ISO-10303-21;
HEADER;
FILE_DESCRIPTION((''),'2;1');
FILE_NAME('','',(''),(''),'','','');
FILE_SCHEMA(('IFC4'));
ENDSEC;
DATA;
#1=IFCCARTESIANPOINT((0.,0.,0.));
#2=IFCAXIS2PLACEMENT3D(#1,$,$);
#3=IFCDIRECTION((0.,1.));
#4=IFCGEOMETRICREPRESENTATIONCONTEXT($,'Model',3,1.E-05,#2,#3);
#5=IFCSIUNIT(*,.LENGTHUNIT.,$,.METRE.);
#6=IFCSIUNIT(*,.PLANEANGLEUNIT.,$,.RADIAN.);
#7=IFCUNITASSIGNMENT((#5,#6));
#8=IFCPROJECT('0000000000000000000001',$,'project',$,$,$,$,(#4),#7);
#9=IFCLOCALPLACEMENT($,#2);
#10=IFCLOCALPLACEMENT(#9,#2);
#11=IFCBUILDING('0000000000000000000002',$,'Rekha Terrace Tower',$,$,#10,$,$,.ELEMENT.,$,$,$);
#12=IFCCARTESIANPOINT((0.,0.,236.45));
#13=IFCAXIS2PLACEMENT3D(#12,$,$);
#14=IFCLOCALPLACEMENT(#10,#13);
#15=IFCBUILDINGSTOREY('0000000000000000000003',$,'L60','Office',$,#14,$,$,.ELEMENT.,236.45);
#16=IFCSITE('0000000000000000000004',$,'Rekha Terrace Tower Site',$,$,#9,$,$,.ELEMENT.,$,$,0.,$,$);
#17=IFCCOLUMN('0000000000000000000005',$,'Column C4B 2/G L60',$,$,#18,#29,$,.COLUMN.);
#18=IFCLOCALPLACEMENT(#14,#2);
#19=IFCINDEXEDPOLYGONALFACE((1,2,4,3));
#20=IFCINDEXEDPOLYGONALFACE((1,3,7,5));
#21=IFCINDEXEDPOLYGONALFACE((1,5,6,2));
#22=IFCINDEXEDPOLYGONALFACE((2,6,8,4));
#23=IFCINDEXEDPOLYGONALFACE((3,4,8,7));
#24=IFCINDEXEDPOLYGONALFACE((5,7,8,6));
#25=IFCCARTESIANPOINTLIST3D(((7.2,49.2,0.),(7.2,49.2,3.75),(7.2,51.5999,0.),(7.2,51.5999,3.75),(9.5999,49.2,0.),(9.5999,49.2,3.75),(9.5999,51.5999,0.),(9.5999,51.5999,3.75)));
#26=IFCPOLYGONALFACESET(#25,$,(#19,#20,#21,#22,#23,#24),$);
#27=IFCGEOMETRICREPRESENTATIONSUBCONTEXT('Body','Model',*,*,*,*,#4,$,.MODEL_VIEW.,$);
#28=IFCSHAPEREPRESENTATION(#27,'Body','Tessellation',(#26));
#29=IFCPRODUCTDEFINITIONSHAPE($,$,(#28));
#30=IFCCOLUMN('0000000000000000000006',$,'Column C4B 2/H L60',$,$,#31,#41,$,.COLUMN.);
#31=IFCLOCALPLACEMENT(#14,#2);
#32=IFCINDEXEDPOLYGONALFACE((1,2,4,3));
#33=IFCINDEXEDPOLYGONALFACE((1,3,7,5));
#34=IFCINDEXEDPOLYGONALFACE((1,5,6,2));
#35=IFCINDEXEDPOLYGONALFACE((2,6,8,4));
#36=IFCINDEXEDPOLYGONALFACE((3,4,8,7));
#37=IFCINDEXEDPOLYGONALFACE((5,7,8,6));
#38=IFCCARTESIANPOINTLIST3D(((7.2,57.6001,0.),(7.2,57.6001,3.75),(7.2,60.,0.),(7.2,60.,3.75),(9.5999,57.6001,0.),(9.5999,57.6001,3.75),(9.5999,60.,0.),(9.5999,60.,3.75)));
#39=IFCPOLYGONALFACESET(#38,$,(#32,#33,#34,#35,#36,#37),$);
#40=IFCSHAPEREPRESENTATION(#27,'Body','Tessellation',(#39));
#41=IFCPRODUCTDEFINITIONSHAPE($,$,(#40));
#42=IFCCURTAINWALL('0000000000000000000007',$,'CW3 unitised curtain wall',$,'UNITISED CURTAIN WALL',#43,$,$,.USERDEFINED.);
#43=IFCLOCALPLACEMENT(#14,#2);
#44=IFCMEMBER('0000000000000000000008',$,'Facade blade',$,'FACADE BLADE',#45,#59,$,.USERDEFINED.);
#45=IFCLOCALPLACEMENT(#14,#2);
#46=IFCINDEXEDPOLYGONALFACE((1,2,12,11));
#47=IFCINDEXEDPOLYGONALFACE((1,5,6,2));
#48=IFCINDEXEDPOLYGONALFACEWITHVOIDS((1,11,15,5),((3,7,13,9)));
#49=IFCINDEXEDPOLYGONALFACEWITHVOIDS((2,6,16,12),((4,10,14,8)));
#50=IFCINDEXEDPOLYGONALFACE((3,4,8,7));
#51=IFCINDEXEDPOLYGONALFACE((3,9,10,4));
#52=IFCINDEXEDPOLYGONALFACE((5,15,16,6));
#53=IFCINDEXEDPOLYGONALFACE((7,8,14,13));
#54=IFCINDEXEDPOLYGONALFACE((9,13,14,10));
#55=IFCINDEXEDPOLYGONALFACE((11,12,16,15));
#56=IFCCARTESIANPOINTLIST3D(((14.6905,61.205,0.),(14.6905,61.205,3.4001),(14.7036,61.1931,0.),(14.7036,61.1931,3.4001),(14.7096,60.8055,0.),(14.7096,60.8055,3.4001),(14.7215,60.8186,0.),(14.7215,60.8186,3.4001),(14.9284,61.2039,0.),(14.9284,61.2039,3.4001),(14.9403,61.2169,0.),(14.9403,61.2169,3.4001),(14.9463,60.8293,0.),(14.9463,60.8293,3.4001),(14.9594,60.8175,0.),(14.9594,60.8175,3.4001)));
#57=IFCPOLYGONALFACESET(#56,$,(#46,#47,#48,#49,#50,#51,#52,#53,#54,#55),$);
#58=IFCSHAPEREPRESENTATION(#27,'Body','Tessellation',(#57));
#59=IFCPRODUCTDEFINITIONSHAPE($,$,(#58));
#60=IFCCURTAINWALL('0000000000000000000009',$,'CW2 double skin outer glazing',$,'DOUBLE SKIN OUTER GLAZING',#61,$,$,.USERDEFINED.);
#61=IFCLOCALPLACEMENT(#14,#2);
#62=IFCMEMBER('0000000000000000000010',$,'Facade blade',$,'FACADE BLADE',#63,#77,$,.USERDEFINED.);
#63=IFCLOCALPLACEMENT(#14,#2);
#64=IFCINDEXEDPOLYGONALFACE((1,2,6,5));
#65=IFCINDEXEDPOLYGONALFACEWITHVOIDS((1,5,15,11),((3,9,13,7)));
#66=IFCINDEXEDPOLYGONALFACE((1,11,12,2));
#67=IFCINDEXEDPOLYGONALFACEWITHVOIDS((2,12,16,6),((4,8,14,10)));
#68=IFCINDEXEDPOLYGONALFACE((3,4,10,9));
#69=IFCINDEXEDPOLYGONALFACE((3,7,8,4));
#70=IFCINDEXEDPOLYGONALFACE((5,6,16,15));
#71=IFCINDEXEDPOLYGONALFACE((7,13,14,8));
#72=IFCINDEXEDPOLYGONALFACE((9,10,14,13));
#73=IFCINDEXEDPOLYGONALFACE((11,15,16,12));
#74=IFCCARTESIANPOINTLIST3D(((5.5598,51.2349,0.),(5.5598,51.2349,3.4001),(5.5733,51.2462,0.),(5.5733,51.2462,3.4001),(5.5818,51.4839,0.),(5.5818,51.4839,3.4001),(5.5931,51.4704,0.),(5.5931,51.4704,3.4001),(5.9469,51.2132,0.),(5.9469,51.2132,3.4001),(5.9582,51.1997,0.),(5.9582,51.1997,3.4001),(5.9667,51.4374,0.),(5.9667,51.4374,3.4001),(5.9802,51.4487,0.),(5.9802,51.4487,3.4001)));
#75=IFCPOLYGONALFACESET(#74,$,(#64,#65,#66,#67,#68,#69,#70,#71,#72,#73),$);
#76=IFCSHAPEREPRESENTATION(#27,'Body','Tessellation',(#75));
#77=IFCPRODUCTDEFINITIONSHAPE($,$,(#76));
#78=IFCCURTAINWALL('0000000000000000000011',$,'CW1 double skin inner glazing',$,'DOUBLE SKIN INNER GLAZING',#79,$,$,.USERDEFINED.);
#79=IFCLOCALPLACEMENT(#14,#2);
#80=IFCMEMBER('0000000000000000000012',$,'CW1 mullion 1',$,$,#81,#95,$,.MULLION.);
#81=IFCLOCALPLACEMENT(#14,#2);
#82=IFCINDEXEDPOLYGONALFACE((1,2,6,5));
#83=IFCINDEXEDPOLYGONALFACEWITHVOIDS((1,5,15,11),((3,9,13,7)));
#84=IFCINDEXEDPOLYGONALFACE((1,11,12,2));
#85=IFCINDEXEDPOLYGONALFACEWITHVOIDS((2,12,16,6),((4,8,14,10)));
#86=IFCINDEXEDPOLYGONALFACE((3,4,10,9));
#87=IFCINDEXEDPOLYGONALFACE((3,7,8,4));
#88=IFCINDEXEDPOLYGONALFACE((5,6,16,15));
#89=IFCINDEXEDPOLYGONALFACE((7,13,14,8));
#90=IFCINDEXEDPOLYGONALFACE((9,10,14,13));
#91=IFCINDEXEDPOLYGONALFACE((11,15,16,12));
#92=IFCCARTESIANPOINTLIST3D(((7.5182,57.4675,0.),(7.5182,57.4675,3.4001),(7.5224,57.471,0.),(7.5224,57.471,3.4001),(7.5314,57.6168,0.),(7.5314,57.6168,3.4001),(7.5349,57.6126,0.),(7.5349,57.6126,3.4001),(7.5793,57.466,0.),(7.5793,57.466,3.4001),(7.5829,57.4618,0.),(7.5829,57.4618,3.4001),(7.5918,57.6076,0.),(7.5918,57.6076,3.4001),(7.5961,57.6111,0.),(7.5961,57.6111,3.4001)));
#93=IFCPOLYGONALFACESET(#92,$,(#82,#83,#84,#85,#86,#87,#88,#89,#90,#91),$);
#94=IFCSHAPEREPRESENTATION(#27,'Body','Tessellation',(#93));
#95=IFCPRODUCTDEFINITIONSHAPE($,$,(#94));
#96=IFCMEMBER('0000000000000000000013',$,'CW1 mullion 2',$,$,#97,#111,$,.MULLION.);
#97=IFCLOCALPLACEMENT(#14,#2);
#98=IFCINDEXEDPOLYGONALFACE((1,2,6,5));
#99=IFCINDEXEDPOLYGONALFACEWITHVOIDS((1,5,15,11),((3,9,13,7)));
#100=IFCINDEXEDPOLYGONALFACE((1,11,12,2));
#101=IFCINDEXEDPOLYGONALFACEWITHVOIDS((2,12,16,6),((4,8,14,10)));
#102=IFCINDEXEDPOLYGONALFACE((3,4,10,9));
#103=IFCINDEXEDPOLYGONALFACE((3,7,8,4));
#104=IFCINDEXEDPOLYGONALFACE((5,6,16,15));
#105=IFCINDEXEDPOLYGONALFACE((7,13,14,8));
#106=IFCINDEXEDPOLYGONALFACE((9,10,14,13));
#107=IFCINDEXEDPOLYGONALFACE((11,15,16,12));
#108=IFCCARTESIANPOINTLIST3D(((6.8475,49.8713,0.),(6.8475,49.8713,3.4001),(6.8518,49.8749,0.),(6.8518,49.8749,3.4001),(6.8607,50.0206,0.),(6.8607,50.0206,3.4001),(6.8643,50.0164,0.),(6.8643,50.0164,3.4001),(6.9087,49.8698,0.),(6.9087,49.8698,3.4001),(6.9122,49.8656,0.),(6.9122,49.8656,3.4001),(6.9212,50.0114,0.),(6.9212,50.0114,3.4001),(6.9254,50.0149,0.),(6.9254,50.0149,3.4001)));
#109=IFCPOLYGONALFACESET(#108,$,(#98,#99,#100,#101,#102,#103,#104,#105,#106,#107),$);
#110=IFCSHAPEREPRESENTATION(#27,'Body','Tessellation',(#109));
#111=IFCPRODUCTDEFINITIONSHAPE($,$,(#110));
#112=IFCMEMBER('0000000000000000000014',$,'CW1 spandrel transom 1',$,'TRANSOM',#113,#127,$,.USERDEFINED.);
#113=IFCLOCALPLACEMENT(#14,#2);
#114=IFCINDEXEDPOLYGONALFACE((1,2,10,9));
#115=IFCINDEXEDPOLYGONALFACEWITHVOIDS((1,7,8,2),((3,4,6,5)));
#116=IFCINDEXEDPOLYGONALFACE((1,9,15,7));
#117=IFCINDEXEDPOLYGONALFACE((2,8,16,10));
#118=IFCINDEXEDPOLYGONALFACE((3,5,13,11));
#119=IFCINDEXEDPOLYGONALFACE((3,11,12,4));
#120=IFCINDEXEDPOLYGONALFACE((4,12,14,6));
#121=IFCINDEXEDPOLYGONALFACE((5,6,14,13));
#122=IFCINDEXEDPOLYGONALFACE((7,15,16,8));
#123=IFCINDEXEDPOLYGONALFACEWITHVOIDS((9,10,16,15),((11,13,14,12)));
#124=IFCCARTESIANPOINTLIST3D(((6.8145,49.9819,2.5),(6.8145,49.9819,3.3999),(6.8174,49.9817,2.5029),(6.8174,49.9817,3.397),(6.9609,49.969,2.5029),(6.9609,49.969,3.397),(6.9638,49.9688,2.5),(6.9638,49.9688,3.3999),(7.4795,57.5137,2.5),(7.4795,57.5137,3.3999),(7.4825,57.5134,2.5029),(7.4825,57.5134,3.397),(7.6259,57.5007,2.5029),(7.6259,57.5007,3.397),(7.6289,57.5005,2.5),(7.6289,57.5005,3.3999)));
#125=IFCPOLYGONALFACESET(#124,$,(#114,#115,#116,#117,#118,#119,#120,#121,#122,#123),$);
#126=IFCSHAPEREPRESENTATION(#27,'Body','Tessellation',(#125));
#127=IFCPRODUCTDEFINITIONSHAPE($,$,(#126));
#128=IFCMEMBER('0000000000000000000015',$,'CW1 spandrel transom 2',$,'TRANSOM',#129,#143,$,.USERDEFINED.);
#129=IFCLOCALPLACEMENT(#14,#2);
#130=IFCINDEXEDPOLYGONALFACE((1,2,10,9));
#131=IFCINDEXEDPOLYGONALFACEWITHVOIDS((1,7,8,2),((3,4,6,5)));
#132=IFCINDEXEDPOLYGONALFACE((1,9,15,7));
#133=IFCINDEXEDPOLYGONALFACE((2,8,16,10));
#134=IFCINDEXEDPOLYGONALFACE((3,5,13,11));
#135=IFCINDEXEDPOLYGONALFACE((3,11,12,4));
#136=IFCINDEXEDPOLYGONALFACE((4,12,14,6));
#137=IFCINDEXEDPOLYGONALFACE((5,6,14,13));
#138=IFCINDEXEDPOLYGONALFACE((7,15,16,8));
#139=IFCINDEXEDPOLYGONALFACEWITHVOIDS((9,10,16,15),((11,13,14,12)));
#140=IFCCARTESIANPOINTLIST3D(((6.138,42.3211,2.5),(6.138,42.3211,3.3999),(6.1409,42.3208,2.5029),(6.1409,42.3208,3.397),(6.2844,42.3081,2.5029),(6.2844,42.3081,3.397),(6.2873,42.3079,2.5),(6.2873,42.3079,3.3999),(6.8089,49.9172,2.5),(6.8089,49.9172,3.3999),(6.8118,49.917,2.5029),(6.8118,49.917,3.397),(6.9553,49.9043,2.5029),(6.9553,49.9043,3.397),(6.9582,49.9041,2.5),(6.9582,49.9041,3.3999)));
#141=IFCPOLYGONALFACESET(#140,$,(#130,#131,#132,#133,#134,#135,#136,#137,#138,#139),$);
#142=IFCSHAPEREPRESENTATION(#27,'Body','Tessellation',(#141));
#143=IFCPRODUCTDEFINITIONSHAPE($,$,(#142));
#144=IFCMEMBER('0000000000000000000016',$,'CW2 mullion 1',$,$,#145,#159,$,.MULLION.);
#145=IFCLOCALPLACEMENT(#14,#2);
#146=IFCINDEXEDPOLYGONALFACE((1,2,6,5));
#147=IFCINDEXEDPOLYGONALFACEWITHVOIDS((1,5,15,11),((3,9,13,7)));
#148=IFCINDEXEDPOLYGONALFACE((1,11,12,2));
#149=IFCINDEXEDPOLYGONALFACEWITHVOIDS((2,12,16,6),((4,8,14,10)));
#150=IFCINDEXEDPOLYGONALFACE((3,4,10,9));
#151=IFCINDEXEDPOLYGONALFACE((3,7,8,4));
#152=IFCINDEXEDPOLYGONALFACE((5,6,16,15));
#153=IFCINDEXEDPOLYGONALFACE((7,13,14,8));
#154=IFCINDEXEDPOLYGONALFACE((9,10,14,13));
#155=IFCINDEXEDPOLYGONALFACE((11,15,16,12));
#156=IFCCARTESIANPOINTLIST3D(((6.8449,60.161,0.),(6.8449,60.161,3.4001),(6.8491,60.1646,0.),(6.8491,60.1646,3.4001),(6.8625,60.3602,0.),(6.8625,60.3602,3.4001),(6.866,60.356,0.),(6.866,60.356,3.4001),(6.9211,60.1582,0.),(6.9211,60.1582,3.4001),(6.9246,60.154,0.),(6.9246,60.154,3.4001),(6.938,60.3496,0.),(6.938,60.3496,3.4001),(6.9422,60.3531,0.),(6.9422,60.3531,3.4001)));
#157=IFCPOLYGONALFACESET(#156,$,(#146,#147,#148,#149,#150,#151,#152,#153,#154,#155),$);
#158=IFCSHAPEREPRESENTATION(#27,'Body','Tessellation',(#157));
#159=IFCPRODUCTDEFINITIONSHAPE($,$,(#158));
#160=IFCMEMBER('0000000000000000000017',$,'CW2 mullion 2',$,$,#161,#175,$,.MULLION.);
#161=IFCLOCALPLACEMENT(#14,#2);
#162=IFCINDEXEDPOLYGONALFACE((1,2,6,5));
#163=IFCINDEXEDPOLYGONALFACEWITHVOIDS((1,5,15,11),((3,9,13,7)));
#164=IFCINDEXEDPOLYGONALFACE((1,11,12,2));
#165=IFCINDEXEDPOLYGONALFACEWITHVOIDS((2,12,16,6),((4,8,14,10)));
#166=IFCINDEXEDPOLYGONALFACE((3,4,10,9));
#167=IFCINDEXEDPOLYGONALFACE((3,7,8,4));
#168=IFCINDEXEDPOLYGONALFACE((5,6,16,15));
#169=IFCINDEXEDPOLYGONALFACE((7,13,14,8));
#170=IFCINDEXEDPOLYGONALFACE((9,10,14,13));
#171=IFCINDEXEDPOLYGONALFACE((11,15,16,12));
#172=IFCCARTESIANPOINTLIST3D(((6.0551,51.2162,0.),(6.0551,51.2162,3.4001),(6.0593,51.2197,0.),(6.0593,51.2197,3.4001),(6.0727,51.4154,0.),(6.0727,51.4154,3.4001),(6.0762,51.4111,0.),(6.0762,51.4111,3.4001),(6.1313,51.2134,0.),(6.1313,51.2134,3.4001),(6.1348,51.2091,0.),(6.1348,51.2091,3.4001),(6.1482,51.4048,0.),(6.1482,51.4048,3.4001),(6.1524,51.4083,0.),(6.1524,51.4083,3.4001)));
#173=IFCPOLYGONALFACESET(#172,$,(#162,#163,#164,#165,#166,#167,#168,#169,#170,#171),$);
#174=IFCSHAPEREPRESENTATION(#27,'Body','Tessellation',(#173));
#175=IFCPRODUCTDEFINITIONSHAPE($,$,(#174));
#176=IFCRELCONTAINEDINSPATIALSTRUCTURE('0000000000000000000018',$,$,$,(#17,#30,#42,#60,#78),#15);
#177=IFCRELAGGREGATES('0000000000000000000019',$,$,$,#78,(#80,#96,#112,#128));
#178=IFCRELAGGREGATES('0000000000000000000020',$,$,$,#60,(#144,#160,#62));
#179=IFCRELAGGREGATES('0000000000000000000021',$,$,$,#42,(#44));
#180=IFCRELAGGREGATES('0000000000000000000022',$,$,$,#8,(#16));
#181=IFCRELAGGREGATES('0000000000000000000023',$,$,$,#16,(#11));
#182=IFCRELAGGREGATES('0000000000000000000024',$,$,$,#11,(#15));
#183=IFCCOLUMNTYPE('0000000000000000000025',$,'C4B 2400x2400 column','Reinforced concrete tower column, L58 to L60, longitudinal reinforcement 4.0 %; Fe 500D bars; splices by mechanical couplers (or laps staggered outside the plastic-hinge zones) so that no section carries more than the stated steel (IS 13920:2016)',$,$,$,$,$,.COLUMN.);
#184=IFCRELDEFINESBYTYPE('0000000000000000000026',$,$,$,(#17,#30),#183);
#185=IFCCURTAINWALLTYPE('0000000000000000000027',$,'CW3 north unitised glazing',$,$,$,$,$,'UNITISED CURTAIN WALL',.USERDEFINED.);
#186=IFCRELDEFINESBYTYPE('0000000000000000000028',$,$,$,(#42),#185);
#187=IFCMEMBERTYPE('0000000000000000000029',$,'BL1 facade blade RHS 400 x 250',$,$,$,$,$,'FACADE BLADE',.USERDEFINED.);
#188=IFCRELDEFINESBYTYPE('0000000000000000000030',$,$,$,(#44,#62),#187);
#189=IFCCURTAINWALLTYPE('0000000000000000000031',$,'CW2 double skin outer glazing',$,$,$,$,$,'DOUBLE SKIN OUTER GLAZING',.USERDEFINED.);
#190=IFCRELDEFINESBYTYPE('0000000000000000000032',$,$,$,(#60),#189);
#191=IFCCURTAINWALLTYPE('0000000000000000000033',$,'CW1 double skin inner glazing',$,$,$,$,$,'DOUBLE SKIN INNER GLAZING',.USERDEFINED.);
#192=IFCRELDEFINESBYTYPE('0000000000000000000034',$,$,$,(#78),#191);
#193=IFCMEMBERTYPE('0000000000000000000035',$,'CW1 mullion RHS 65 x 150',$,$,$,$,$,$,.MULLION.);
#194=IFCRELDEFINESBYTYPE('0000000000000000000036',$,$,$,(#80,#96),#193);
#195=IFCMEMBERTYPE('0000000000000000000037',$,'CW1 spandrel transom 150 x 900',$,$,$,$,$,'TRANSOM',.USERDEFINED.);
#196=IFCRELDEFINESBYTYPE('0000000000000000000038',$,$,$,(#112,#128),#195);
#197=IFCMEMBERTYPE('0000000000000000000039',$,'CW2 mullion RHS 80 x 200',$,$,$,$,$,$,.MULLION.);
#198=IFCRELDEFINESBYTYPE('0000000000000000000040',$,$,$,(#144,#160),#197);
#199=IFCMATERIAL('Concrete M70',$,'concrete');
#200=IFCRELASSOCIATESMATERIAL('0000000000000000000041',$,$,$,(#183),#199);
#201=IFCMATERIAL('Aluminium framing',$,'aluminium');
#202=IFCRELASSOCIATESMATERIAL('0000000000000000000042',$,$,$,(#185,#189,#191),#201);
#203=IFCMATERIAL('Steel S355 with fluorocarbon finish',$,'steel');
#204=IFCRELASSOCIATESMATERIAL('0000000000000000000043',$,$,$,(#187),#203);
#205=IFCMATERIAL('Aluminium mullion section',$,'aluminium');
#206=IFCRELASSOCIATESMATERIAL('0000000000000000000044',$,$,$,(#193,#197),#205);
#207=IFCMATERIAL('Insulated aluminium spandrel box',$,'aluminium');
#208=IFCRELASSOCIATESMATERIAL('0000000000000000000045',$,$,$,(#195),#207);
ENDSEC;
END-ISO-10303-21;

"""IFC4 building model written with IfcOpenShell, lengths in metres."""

from ifc_helpers import new_model, si_unit, direction, frame, origin, origin_2d, place, context, subcontext, project, spatial, rectangle, hollow_rectangle, extrude, material, material_profile, profile_set, type_object, element, aggregate, save


model = new_model("IFC4")

# Units and contexts
model_context = context("Model", 3, precision=1e-05, world=origin(), true_north=direction((0.0, 1.0)))
body_context = subcontext(model_context, "Body", "Model", "MODEL_VIEW")
ifc_project = project(units=[si_unit("LENGTHUNIT", "METRE"), si_unit("PLANEANGLEUNIT", "RADIAN")], contexts=[model_context])

# Site, building, storey
site_placement = place(None, origin())
site = spatial("IfcSite", under=ifc_project, at=site_placement, Name="Rekha Terrace Tower Site", CompositionType="ELEMENT", RefElevation=0.0)
building_placement = place(site_placement, origin())
building = spatial("IfcBuilding", under=site, at=building_placement, Name="Rekha Terrace Tower", CompositionType="ELEMENT")
storey_placement = place(building_placement, frame((0.0, 0.0, 236.45)))
storey = spatial("IfcBuildingStorey", under=building, at=storey_placement, Name="L60", Description="Office", CompositionType="ELEMENT", Elevation=236.45)

# Columns
ifc_material_1 = material(Name="Concrete M70", Category="concrete")
ifc_material_profile_1 = material_profile(ifc_material_1, rectangle(XDim=2.3999, YDim=2.3999, at=origin_2d()), Name="RC 2400x2400")
ifc_profile_set_1 = profile_set([ifc_material_profile_1], Name="Concrete M70")
column_type = type_object("IfcColumnType", Name="C4B 2400x2400 column", Description="Reinforced concrete tower column, L58 to L60, longitudinal reinforcement 4.0 %; Fe 500D bars; splices by mechanical couplers (or laps staggered outside the plastic-hinge zones) so that no section carries more than the stated steel (IS 13920:2016)", PredefinedType="COLUMN", material=ifc_profile_set_1)
for number, where, z_axis, x_axis, name in (
    (1, (8.3999, 50.3999, 0.0), (0.0, 0.0, 1.0), (1.0, 0.0, 0.0), "Column C4B 2/G L60"),
    (2, (8.3999, 58.8, 0.0), (0.0, 0.0, 1.0), (1.0, 0.0, 0.0), "Column C4B 2/H L60"),
):
    element("IfcColumn", number, at=place(storey_placement, frame(where, z_axis=z_axis, x_axis=x_axis)), inside=storey, type_object=column_type, Name=name, PredefinedType="COLUMN", context=body_context, shape_type="SweptSolid", body=[
        extrude(rectangle(XDim=2.3999, YDim=2.3999, at=origin_2d()), origin(), (0.0, 0.0, 1.0), 3.75),
    ])

# Curtain walls, members
ifc_material_2 = material(Name="Aluminium framing", Category="aluminium")
curtain_wall_type_1 = type_object("IfcCurtainWallType", Name="CW3 north unitised glazing", ElementType="UNITISED CURTAIN WALL", PredefinedType="USERDEFINED", material=ifc_material_2)
curtain_wall_1_placement = place(storey_placement, origin())
curtain_wall_1 = element("IfcCurtainWall", 3, at=curtain_wall_1_placement, inside=storey, type_object=curtain_wall_type_1, Name="CW3 unitised curtain wall", ObjectType="UNITISED CURTAIN WALL", PredefinedType="USERDEFINED")
ifc_material_3 = material(Name="Steel S355 with fluorocarbon finish", Category="steel")
ifc_material_profile_2 = material_profile(ifc_material_3, hollow_rectangle(XDim=0.25, YDim=0.3999, WallThickness=0.0125, at=origin_2d()), Name="RHS400x250x12.5")
ifc_profile_set_2 = profile_set([ifc_material_profile_2], Name="Steel S355 with fluorocarbon finish")
member_type_1 = type_object("IfcMemberType", Name="BL1 facade blade RHS 400 x 250", ElementType="FACADE BLADE", PredefinedType="USERDEFINED", material=ifc_profile_set_2)
member_1_placement = place(storey_placement, frame((14.825, 61.0112, 0.0), z_axis=(0.0, 0.0, 1.0), x_axis=(-0.998859, -0.047758, 0.0)))
member_1 = element("IfcMember", 4, at=member_1_placement, type_object=member_type_1, Name="Facade blade", ObjectType="FACADE BLADE", PredefinedType="USERDEFINED", context=body_context, shape_type="SweptSolid", body=[
    extrude(hollow_rectangle(XDim=0.25, YDim=0.3999, WallThickness=0.0125, at=origin_2d()), origin(), (0.0, 0.0, 1.0), 3.4001),
])
curtain_wall_type_2 = type_object("IfcCurtainWallType", Name="CW2 double skin outer glazing", ElementType="DOUBLE SKIN OUTER GLAZING", PredefinedType="USERDEFINED", material=ifc_material_2)
curtain_wall_2_placement = place(storey_placement, origin())
curtain_wall_2 = element("IfcCurtainWall", 5, at=curtain_wall_2_placement, inside=storey, type_object=curtain_wall_type_2, Name="CW2 double skin outer glazing", ObjectType="DOUBLE SKIN OUTER GLAZING", PredefinedType="USERDEFINED")
member_2_placement = place(storey_placement, frame((5.77, 51.3418, 0.0), z_axis=(0.0, 0.0, 1.0), x_axis=(-0.087957, -0.996124, 0.0)))
member_2 = element("IfcMember", 6, at=member_2_placement, type_object=member_type_1, Name="Facade blade", ObjectType="FACADE BLADE", PredefinedType="USERDEFINED", context=body_context, shape_type="SweptSolid", body=[
    extrude(hollow_rectangle(XDim=0.25, YDim=0.3999, WallThickness=0.0125, at=origin_2d()), origin(), (0.0, 0.0, 1.0), 3.4001),
])

# Curtain wall, members
curtain_wall_type_3 = type_object("IfcCurtainWallType", Name="CW1 double skin inner glazing", ElementType="DOUBLE SKIN INNER GLAZING", PredefinedType="USERDEFINED", material=ifc_material_2)
curtain_wall_3_placement = place(storey_placement, origin())
curtain_wall_3 = element("IfcCurtainWall", 7, at=curtain_wall_3_placement, inside=storey, type_object=curtain_wall_type_3, Name="CW1 double skin inner glazing", ObjectType="DOUBLE SKIN INNER GLAZING", PredefinedType="USERDEFINED")
ifc_material_4 = material(Name="Aluminium mullion section", Category="aluminium")
ifc_material_profile_3 = material_profile(ifc_material_4, hollow_rectangle(XDim=0.0649, YDim=0.1499, WallThickness=0.0039, at=origin_2d()), Name="AL RHS 65x150")
ifc_profile_set_3 = profile_set([ifc_material_profile_3], Name="Aluminium mullion section")
member_type_2 = type_object("IfcMemberType", Name="CW1 mullion RHS 65 x 150", PredefinedType="MULLION", material=ifc_profile_set_3)
member_3_placement = place(storey_placement, frame((7.5571, 57.5393, 0.0), z_axis=(0.0, 0.0, 1.0), x_axis=(0.996124, -0.087958, 0.0)))
member_3 = element("IfcMember", 8, at=member_3_placement, type_object=member_type_2, Name="CW1 mullion 1", PredefinedType="MULLION", context=body_context, shape_type="SweptSolid", body=[
    extrude(hollow_rectangle(XDim=0.0649, YDim=0.1499, WallThickness=0.0039, at=origin_2d()), origin(), (0.0, 0.0, 1.0), 3.4001),
])
member_4_placement = place(storey_placement, frame((6.8865, 49.9431, 0.0), z_axis=(0.0, 0.0, 1.0), x_axis=(0.996124, -0.087958, 0.0)))
member_4 = element("IfcMember", 9, at=member_4_placement, type_object=member_type_2, Name="CW1 mullion 2", PredefinedType="MULLION", context=body_context, shape_type="SweptSolid", body=[
    extrude(hollow_rectangle(XDim=0.0649, YDim=0.1499, WallThickness=0.0039, at=origin_2d()), origin(), (0.0, 0.0, 1.0), 3.4001),
])
ifc_material_5 = material(Name="Insulated aluminium spandrel box", Category="aluminium")
ifc_material_profile_4 = material_profile(ifc_material_5, hollow_rectangle(XDim=0.1499, YDim=0.8999, WallThickness=0.0029, at=origin_2d()), Name="AL SPANDREL BOX 150x900")
ifc_profile_set_4 = profile_set([ifc_material_profile_4], Name="Insulated aluminium spandrel box")
member_type_3 = type_object("IfcMemberType", Name="CW1 spandrel transom 150 x 900", ElementType="TRANSOM", PredefinedType="USERDEFINED", material=ifc_profile_set_4)
member_5_placement = place(storey_placement, frame((7.5542, 57.5071, 2.95), z_axis=(-0.087956, -0.996124, 0.0), x_axis=(0.996124, -0.087956, 0.0)))
member_5 = element("IfcMember", 10, at=member_5_placement, type_object=member_type_3, Name="CW1 spandrel transom 1", ObjectType="TRANSOM", PredefinedType="USERDEFINED", context=body_context, shape_type="SweptSolid", body=[
    extrude(hollow_rectangle(XDim=0.1499, YDim=0.8999, WallThickness=0.0029, at=origin_2d()), origin(), (0.0, 0.0, 1.0), 7.561),
])
member_6_placement = place(storey_placement, frame((6.8835, 49.9106, 2.95), z_axis=(-0.087978, -0.996122, 0.0), x_axis=(0.996122, -0.087978, 0.0)))
member_6 = element("IfcMember", 11, at=member_6_placement, type_object=member_type_3, Name="CW1 spandrel transom 2", ObjectType="TRANSOM", PredefinedType="USERDEFINED", context=body_context, shape_type="SweptSolid", body=[
    extrude(hollow_rectangle(XDim=0.1499, YDim=0.8999, WallThickness=0.0029, at=origin_2d()), origin(), (0.0, 0.0, 1.0), 7.6257),
])

# Members
ifc_material_profile_5 = material_profile(ifc_material_4, hollow_rectangle(XDim=0.0801, YDim=0.2, WallThickness=0.0039, at=origin_2d()), Name="AL RHS 80x200")
ifc_profile_set_5 = profile_set([ifc_material_profile_5], Name="Aluminium mullion section")
member_type_4 = type_object("IfcMemberType", Name="CW2 mullion RHS 80 x 200", PredefinedType="MULLION", material=ifc_profile_set_5)
member_7_placement = place(storey_placement, frame((6.8936, 60.2571, 0.0), z_axis=(0.0, 0.0, 1.0), x_axis=(0.996124, -0.087958, 0.0)))
member_7 = element("IfcMember", 12, at=member_7_placement, type_object=member_type_4, Name="CW2 mullion 1", PredefinedType="MULLION", context=body_context, shape_type="SweptSolid", body=[
    extrude(hollow_rectangle(XDim=0.0801, YDim=0.2, WallThickness=0.0039, at=origin_2d()), origin(), (0.0, 0.0, 1.0), 3.4001),
])
member_8_placement = place(storey_placement, frame((6.1038, 51.3123, 0.0), z_axis=(0.0, 0.0, 1.0), x_axis=(0.996124, -0.087958, 0.0)))
member_8 = element("IfcMember", 13, at=member_8_placement, type_object=member_type_4, Name="CW2 mullion 2", PredefinedType="MULLION", context=body_context, shape_type="SweptSolid", body=[
    extrude(hollow_rectangle(XDim=0.0801, YDim=0.2, WallThickness=0.0039, at=origin_2d()), origin(), (0.0, 0.0, 1.0), 3.4001),
])

aggregate(curtain_wall_3, [member_3, member_4, member_5, member_6])
aggregate(curtain_wall_2, [member_7, member_8, member_2])
aggregate(curtain_wall_1, [member_1])

save(model, "model.ifc")
